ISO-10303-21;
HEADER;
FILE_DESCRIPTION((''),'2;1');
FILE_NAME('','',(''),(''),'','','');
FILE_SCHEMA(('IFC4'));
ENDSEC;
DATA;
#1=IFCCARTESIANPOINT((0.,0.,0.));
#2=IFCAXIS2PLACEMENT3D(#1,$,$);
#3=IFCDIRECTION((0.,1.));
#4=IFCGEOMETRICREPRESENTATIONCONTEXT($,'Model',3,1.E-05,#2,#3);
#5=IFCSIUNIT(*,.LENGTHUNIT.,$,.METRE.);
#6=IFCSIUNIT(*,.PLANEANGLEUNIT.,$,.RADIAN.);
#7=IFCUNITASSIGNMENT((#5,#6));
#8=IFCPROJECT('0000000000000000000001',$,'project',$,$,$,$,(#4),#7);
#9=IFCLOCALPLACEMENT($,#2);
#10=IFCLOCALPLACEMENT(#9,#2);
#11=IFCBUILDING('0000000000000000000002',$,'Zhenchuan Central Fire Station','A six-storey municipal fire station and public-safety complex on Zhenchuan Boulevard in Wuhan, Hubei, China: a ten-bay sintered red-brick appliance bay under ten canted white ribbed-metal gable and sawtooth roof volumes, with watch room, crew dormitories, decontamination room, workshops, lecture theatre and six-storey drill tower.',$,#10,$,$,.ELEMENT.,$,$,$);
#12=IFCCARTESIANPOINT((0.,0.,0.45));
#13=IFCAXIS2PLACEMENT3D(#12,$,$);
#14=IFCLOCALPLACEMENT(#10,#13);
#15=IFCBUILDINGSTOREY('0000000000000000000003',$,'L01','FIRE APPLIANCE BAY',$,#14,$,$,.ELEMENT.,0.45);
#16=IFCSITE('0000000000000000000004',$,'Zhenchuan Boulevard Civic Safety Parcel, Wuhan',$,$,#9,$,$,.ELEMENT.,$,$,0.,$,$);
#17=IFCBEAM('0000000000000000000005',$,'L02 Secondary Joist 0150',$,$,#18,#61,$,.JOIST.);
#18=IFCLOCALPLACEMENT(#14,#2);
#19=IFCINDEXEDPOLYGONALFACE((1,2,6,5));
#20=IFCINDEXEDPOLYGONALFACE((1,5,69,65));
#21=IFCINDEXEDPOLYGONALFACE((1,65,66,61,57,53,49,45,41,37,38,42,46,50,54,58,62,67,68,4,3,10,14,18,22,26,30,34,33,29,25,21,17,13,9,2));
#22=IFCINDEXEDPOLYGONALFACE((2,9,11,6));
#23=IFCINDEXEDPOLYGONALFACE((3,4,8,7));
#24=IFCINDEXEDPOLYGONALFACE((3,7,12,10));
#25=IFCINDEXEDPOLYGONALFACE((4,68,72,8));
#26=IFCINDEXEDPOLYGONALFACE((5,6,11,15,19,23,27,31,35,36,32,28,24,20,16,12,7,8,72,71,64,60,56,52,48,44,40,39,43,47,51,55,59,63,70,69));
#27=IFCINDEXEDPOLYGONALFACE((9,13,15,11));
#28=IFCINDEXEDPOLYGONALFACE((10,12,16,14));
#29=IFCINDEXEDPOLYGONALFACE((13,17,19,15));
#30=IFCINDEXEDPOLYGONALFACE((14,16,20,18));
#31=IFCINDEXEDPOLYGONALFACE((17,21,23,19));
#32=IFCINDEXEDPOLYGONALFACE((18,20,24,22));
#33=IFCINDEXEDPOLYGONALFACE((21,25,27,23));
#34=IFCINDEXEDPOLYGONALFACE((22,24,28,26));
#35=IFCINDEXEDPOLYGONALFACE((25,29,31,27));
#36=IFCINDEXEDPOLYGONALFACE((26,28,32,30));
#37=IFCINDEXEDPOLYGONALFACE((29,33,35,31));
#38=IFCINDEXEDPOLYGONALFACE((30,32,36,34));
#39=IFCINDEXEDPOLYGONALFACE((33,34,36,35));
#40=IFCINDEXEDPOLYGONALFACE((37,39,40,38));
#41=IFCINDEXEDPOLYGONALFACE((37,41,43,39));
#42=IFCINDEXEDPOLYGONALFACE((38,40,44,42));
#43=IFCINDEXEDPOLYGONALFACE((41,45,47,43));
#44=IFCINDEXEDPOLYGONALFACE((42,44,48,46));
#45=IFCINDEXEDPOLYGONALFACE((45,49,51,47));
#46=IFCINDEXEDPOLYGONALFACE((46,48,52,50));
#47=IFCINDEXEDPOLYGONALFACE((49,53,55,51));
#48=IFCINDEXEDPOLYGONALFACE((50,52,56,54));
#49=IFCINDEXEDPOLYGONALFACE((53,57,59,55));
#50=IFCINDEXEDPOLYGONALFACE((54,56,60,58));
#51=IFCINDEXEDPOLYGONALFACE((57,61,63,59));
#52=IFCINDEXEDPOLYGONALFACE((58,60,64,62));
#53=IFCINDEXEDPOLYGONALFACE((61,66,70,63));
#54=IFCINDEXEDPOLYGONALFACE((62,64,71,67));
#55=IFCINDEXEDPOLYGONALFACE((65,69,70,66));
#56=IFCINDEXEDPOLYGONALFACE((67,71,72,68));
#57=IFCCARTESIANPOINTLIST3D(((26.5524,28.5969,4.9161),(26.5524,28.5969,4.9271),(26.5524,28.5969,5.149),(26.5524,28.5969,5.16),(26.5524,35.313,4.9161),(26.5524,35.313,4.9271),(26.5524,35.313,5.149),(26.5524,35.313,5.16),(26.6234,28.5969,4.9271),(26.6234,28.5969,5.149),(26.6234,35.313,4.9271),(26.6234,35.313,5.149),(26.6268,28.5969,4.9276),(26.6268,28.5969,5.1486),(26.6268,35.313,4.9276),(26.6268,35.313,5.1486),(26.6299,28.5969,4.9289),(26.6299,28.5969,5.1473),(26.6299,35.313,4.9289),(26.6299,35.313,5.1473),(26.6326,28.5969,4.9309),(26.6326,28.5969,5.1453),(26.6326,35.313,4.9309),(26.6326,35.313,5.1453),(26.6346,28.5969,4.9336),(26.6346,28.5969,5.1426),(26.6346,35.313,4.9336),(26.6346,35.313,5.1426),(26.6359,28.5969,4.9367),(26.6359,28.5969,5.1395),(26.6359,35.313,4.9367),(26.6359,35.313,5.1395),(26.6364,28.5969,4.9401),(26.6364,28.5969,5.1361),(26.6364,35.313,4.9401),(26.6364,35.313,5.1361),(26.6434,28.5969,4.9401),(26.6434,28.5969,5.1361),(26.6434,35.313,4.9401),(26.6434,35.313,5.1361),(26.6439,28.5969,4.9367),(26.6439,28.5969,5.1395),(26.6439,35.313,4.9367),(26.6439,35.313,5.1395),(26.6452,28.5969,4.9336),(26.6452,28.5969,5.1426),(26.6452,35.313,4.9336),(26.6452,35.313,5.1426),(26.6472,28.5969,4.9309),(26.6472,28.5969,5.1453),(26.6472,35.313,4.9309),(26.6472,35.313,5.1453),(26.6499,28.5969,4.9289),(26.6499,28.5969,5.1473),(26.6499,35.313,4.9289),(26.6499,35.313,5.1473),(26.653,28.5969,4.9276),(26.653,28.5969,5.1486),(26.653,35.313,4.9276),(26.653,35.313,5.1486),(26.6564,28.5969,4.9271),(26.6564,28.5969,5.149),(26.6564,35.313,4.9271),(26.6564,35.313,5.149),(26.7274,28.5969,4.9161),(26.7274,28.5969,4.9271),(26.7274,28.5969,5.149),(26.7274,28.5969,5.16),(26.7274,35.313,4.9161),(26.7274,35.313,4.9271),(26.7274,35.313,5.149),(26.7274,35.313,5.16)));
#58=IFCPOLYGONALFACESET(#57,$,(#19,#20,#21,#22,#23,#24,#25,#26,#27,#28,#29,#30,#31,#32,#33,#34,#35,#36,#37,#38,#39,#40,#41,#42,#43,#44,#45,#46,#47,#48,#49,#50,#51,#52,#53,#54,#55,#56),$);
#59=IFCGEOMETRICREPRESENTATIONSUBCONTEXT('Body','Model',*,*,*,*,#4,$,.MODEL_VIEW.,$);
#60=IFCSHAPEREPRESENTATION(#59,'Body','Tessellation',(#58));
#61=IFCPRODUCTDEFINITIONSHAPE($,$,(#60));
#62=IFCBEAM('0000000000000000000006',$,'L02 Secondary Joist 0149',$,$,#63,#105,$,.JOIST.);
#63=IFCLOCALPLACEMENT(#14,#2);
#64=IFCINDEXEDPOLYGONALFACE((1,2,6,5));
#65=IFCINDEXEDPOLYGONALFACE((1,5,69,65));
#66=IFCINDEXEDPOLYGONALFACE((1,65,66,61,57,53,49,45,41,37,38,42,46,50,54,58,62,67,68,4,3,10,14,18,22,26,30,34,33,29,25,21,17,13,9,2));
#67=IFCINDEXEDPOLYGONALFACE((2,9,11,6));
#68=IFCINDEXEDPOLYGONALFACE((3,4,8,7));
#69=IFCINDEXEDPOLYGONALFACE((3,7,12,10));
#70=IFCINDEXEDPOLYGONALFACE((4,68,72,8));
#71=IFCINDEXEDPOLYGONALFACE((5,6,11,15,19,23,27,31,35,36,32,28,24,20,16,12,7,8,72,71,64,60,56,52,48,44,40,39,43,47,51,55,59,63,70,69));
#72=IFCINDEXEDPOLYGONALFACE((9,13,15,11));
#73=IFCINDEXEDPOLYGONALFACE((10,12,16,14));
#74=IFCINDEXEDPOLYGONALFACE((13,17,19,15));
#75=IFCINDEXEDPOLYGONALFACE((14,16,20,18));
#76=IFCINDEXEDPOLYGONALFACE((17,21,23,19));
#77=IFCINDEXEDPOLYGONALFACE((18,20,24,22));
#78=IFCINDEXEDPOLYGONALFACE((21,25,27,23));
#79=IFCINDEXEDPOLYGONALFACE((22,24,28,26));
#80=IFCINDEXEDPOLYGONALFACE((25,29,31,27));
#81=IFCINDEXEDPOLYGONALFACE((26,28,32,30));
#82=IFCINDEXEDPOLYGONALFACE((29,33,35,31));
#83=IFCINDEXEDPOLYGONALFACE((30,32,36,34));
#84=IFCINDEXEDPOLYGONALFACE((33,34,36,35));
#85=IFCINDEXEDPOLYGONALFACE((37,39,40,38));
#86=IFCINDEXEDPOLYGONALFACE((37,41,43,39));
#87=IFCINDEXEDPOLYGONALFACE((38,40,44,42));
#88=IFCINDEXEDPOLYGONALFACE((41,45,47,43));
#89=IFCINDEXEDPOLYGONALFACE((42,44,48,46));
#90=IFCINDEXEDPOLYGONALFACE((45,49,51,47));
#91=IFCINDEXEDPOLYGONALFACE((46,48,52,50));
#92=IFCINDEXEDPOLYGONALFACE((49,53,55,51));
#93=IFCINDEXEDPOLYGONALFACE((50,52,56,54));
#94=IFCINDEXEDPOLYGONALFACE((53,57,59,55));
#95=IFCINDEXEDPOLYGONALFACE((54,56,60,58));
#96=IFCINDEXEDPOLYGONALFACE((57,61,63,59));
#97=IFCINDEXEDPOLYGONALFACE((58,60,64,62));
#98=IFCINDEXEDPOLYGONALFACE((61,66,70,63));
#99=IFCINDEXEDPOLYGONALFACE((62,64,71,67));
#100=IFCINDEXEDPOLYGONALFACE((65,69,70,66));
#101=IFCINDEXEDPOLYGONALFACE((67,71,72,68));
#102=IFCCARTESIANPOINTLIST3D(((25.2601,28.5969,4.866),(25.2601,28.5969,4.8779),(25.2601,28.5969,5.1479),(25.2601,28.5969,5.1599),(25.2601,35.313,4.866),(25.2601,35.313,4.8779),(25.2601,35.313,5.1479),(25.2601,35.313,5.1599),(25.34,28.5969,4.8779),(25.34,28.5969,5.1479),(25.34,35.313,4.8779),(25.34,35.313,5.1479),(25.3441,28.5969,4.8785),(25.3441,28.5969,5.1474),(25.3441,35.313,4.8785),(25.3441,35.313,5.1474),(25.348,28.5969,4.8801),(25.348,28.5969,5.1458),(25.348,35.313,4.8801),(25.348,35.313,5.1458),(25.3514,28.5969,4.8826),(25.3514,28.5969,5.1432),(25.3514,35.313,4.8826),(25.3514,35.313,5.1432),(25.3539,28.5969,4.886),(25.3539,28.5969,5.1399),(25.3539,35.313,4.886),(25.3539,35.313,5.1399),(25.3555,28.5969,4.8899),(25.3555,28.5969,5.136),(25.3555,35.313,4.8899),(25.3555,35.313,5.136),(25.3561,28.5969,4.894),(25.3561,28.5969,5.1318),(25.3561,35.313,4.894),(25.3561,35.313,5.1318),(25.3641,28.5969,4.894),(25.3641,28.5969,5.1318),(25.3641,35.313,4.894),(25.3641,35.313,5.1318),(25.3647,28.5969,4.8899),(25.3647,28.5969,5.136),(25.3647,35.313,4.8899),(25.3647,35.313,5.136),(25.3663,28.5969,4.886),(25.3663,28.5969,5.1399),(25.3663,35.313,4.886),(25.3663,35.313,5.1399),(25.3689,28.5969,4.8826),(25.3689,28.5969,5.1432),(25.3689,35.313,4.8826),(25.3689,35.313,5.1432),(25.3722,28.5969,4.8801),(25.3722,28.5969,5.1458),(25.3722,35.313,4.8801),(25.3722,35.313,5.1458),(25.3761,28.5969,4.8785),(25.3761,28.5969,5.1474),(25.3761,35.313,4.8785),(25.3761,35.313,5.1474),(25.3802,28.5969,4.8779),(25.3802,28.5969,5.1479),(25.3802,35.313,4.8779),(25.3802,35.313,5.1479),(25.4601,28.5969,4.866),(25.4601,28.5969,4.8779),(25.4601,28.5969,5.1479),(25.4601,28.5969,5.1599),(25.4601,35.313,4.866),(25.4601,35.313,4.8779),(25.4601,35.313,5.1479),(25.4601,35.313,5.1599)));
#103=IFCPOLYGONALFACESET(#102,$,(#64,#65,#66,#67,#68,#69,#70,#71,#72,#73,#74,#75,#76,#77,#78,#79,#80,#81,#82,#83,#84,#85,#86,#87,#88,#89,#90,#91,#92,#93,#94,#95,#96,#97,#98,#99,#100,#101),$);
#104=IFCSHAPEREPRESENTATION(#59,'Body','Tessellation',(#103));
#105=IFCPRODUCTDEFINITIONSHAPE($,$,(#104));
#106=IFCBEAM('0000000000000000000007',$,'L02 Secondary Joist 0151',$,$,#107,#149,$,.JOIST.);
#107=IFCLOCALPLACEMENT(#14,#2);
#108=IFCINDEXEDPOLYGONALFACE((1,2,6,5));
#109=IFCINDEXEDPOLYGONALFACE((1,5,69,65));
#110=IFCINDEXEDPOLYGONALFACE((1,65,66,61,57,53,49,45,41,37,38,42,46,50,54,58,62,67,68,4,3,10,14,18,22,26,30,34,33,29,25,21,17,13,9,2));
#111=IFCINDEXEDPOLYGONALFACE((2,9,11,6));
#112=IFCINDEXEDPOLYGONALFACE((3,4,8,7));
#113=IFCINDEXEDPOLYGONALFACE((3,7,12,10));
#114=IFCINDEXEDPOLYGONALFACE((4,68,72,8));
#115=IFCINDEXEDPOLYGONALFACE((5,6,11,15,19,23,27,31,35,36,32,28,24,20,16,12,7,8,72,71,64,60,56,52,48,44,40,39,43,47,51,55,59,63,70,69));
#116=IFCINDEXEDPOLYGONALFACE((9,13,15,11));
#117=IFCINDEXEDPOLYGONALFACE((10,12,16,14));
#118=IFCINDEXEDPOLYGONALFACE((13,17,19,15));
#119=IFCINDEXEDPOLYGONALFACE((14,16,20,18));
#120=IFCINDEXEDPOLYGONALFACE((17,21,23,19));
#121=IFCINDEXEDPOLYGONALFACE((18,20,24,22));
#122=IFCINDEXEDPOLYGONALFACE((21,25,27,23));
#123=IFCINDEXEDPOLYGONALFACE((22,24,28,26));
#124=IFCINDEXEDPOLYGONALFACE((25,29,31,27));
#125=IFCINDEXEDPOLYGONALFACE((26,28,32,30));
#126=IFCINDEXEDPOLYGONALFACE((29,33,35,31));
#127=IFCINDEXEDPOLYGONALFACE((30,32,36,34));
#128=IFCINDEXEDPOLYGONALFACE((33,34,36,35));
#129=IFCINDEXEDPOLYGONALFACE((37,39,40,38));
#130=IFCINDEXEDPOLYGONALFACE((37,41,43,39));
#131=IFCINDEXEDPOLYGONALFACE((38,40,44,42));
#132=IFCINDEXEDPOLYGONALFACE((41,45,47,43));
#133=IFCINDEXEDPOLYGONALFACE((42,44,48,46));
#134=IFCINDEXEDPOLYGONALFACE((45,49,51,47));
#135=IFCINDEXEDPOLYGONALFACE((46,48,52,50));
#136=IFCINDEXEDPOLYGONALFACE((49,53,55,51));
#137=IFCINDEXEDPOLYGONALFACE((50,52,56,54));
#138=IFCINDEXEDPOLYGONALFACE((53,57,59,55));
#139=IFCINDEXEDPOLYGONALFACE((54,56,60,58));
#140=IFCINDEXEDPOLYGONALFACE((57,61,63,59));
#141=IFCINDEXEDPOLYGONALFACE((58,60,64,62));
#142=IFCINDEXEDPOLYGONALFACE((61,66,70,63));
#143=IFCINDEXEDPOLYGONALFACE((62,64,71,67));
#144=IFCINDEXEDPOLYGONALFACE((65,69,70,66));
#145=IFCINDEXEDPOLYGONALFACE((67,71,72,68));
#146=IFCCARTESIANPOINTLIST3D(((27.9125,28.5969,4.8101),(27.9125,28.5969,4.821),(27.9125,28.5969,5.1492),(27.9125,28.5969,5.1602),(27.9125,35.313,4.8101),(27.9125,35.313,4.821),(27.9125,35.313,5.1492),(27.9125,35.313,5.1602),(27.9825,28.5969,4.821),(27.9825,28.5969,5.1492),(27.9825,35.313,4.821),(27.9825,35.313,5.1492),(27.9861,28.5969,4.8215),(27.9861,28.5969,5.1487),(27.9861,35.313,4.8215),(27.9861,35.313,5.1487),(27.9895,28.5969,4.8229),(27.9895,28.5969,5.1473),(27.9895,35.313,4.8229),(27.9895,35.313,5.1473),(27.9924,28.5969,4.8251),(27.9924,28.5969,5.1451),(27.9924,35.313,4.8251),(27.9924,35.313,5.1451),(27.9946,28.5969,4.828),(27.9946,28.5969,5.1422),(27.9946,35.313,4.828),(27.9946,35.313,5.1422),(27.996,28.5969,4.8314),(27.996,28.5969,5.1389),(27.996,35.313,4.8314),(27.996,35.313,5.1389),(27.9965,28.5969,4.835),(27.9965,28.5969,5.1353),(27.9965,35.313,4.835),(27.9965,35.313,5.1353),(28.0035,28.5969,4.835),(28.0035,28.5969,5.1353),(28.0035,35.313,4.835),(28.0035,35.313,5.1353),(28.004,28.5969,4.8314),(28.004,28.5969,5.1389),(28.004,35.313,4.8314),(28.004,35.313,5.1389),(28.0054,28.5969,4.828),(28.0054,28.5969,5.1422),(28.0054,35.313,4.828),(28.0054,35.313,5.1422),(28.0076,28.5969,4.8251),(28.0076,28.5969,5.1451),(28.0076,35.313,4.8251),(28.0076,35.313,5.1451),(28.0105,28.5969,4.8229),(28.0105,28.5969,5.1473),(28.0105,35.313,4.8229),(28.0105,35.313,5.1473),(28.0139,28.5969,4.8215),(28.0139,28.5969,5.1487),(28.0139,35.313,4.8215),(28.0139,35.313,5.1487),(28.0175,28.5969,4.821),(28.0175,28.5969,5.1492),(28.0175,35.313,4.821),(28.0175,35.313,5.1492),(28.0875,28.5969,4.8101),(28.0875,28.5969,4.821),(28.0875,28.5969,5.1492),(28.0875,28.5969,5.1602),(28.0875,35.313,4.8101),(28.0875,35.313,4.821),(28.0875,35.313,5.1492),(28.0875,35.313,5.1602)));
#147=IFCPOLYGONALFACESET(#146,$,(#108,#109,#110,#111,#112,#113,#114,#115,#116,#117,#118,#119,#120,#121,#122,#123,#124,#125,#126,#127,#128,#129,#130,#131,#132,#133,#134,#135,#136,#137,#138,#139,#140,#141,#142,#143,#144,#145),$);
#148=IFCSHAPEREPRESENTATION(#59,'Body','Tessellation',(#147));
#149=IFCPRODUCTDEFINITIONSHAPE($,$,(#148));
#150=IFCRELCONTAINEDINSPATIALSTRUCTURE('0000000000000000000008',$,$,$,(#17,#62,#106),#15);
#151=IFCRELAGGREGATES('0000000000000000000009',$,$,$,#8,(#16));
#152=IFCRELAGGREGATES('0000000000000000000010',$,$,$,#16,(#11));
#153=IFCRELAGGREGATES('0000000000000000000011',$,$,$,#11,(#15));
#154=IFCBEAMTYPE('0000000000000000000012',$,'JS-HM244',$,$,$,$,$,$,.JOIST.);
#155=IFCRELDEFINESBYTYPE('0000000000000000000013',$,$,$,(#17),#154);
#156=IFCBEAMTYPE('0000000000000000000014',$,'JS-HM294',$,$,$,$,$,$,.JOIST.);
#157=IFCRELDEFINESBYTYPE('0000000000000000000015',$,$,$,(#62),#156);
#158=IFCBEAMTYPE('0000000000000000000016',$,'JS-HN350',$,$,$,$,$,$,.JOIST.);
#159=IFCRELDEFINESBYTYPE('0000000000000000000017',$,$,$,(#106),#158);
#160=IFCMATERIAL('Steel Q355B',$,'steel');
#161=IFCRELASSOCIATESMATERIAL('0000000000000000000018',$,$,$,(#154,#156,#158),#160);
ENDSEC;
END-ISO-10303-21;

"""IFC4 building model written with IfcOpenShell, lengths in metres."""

from ifc_helpers import new_model, si_unit, direction, frame, origin, origin_2d, place, context, subcontext, project, spatial, i_section, extrude, material, material_profile, profile_set, type_object, element, save


model = new_model("IFC4")

# Units and contexts
model_context = context("Model", 3, precision=1e-05, world=origin(), true_north=direction((0.0, 1.0)))
body_context = subcontext(model_context, "Body", "Model", "MODEL_VIEW")
ifc_project = project(units=[si_unit("LENGTHUNIT", "METRE"), si_unit("PLANEANGLEUNIT", "RADIAN")], contexts=[model_context])

# Site, building, storey
site_placement = place(None, origin())
site = spatial("IfcSite", under=ifc_project, at=site_placement, Name="Zhenchuan Boulevard Civic Safety Parcel, Wuhan", CompositionType="ELEMENT", RefElevation=0.0)
building_placement = place(site_placement, origin())
building = spatial("IfcBuilding", under=site, at=building_placement, Name="Zhenchuan Central Fire Station", Description="A six-storey municipal fire station and public-safety complex on Zhenchuan Boulevard in Wuhan, Hubei, China: a ten-bay sintered red-brick appliance bay under ten canted white ribbed-metal gable and sawtooth roof volumes, with watch room, crew dormitories, decontamination room, workshops, lecture theatre and six-storey drill tower.", CompositionType="ELEMENT")
storey_placement = place(building_placement, frame((0.0, 0.0, 0.45)))
storey = spatial("IfcBuildingStorey", under=building, at=storey_placement, Name="L01", Description="FIRE APPLIANCE BAY", CompositionType="ELEMENT", Elevation=0.45)

# Shared definitions
ifc_material_1 = material(Name="Steel Q355B", Category="steel")

# Beams
ifc_material_profile_1 = material_profile(ifc_material_1, i_section(OverallWidth=0.175, OverallDepth=0.2439, WebThickness=0.0071, FlangeThickness=0.011, FilletRadius=0.0129, at=origin_2d()), Name="HM 244x175")
ifc_profile_set_1 = profile_set([ifc_material_profile_1], Name="Steel Q355B")
beam_type_1 = type_object("IfcBeamType", Name="JS-HM244", PredefinedType="JOIST", material=ifc_profile_set_1)
beam_1_placement = place(storey_placement, frame((26.6399, 28.5969, 5.0381), z_axis=(0.0, 1.0, 0.0), x_axis=(-1.0, 0.0, 0.0)))
element("IfcBeam", 1, at=beam_1_placement, inside=storey, type_object=beam_type_1, Name="L02 Secondary Joist 0150", PredefinedType="JOIST", context=body_context, shape_type="SweptSolid", body=[
    extrude(i_section(OverallWidth=0.175, OverallDepth=0.2439, WebThickness=0.0071, FlangeThickness=0.011, FilletRadius=0.0129, at=origin_2d()), origin(), (0.0, 0.0, 1.0), 6.7161),
])
ifc_material_profile_2 = material_profile(ifc_material_1, i_section(OverallWidth=0.2, OverallDepth=0.2939, WebThickness=0.0081, FlangeThickness=0.012, FilletRadius=0.0161, at=origin_2d()), Name="HM 294x200")
ifc_profile_set_2 = profile_set([ifc_material_profile_2], Name="Steel Q355B")
beam_type_2 = type_object("IfcBeamType", Name="JS-HM294", PredefinedType="JOIST", material=ifc_profile_set_2)
beam_2_placement = place(storey_placement, frame((25.3601, 28.5969, 5.0129), z_axis=(0.0, 1.0, 0.0), x_axis=(-1.0, 0.0, 0.0)))
element("IfcBeam", 2, at=beam_2_placement, inside=storey, type_object=beam_type_2, Name="L02 Secondary Joist 0149", PredefinedType="JOIST", context=body_context, shape_type="SweptSolid", body=[
    extrude(i_section(OverallWidth=0.2, OverallDepth=0.2939, WebThickness=0.0081, FlangeThickness=0.012, FilletRadius=0.0161, at=origin_2d()), origin(), (0.0, 0.0, 1.0), 6.7161),
])
ifc_material_profile_3 = material_profile(ifc_material_1, i_section(OverallWidth=0.175, OverallDepth=0.3501, WebThickness=0.0071, FlangeThickness=0.011, FilletRadius=0.0139, at=origin_2d()), Name="HN 350x175")
ifc_profile_set_3 = profile_set([ifc_material_profile_3], Name="Steel Q355B")
beam_type_3 = type_object("IfcBeamType", Name="JS-HN350", PredefinedType="JOIST", material=ifc_profile_set_3)
beam_3_placement = place(storey_placement, frame((28.0, 28.5969, 4.9851), z_axis=(0.0, 1.0, 0.0), x_axis=(-1.0, 0.0, 0.0)))
element("IfcBeam", 3, at=beam_3_placement, inside=storey, type_object=beam_type_3, Name="L02 Secondary Joist 0151", PredefinedType="JOIST", context=body_context, shape_type="SweptSolid", body=[
    extrude(i_section(OverallWidth=0.175, OverallDepth=0.3501, WebThickness=0.0071, FlangeThickness=0.011, FilletRadius=0.0139, at=origin_2d()), origin(), (0.0, 0.0, 1.0), 6.7161),
])

save(model, "model.ifc")
